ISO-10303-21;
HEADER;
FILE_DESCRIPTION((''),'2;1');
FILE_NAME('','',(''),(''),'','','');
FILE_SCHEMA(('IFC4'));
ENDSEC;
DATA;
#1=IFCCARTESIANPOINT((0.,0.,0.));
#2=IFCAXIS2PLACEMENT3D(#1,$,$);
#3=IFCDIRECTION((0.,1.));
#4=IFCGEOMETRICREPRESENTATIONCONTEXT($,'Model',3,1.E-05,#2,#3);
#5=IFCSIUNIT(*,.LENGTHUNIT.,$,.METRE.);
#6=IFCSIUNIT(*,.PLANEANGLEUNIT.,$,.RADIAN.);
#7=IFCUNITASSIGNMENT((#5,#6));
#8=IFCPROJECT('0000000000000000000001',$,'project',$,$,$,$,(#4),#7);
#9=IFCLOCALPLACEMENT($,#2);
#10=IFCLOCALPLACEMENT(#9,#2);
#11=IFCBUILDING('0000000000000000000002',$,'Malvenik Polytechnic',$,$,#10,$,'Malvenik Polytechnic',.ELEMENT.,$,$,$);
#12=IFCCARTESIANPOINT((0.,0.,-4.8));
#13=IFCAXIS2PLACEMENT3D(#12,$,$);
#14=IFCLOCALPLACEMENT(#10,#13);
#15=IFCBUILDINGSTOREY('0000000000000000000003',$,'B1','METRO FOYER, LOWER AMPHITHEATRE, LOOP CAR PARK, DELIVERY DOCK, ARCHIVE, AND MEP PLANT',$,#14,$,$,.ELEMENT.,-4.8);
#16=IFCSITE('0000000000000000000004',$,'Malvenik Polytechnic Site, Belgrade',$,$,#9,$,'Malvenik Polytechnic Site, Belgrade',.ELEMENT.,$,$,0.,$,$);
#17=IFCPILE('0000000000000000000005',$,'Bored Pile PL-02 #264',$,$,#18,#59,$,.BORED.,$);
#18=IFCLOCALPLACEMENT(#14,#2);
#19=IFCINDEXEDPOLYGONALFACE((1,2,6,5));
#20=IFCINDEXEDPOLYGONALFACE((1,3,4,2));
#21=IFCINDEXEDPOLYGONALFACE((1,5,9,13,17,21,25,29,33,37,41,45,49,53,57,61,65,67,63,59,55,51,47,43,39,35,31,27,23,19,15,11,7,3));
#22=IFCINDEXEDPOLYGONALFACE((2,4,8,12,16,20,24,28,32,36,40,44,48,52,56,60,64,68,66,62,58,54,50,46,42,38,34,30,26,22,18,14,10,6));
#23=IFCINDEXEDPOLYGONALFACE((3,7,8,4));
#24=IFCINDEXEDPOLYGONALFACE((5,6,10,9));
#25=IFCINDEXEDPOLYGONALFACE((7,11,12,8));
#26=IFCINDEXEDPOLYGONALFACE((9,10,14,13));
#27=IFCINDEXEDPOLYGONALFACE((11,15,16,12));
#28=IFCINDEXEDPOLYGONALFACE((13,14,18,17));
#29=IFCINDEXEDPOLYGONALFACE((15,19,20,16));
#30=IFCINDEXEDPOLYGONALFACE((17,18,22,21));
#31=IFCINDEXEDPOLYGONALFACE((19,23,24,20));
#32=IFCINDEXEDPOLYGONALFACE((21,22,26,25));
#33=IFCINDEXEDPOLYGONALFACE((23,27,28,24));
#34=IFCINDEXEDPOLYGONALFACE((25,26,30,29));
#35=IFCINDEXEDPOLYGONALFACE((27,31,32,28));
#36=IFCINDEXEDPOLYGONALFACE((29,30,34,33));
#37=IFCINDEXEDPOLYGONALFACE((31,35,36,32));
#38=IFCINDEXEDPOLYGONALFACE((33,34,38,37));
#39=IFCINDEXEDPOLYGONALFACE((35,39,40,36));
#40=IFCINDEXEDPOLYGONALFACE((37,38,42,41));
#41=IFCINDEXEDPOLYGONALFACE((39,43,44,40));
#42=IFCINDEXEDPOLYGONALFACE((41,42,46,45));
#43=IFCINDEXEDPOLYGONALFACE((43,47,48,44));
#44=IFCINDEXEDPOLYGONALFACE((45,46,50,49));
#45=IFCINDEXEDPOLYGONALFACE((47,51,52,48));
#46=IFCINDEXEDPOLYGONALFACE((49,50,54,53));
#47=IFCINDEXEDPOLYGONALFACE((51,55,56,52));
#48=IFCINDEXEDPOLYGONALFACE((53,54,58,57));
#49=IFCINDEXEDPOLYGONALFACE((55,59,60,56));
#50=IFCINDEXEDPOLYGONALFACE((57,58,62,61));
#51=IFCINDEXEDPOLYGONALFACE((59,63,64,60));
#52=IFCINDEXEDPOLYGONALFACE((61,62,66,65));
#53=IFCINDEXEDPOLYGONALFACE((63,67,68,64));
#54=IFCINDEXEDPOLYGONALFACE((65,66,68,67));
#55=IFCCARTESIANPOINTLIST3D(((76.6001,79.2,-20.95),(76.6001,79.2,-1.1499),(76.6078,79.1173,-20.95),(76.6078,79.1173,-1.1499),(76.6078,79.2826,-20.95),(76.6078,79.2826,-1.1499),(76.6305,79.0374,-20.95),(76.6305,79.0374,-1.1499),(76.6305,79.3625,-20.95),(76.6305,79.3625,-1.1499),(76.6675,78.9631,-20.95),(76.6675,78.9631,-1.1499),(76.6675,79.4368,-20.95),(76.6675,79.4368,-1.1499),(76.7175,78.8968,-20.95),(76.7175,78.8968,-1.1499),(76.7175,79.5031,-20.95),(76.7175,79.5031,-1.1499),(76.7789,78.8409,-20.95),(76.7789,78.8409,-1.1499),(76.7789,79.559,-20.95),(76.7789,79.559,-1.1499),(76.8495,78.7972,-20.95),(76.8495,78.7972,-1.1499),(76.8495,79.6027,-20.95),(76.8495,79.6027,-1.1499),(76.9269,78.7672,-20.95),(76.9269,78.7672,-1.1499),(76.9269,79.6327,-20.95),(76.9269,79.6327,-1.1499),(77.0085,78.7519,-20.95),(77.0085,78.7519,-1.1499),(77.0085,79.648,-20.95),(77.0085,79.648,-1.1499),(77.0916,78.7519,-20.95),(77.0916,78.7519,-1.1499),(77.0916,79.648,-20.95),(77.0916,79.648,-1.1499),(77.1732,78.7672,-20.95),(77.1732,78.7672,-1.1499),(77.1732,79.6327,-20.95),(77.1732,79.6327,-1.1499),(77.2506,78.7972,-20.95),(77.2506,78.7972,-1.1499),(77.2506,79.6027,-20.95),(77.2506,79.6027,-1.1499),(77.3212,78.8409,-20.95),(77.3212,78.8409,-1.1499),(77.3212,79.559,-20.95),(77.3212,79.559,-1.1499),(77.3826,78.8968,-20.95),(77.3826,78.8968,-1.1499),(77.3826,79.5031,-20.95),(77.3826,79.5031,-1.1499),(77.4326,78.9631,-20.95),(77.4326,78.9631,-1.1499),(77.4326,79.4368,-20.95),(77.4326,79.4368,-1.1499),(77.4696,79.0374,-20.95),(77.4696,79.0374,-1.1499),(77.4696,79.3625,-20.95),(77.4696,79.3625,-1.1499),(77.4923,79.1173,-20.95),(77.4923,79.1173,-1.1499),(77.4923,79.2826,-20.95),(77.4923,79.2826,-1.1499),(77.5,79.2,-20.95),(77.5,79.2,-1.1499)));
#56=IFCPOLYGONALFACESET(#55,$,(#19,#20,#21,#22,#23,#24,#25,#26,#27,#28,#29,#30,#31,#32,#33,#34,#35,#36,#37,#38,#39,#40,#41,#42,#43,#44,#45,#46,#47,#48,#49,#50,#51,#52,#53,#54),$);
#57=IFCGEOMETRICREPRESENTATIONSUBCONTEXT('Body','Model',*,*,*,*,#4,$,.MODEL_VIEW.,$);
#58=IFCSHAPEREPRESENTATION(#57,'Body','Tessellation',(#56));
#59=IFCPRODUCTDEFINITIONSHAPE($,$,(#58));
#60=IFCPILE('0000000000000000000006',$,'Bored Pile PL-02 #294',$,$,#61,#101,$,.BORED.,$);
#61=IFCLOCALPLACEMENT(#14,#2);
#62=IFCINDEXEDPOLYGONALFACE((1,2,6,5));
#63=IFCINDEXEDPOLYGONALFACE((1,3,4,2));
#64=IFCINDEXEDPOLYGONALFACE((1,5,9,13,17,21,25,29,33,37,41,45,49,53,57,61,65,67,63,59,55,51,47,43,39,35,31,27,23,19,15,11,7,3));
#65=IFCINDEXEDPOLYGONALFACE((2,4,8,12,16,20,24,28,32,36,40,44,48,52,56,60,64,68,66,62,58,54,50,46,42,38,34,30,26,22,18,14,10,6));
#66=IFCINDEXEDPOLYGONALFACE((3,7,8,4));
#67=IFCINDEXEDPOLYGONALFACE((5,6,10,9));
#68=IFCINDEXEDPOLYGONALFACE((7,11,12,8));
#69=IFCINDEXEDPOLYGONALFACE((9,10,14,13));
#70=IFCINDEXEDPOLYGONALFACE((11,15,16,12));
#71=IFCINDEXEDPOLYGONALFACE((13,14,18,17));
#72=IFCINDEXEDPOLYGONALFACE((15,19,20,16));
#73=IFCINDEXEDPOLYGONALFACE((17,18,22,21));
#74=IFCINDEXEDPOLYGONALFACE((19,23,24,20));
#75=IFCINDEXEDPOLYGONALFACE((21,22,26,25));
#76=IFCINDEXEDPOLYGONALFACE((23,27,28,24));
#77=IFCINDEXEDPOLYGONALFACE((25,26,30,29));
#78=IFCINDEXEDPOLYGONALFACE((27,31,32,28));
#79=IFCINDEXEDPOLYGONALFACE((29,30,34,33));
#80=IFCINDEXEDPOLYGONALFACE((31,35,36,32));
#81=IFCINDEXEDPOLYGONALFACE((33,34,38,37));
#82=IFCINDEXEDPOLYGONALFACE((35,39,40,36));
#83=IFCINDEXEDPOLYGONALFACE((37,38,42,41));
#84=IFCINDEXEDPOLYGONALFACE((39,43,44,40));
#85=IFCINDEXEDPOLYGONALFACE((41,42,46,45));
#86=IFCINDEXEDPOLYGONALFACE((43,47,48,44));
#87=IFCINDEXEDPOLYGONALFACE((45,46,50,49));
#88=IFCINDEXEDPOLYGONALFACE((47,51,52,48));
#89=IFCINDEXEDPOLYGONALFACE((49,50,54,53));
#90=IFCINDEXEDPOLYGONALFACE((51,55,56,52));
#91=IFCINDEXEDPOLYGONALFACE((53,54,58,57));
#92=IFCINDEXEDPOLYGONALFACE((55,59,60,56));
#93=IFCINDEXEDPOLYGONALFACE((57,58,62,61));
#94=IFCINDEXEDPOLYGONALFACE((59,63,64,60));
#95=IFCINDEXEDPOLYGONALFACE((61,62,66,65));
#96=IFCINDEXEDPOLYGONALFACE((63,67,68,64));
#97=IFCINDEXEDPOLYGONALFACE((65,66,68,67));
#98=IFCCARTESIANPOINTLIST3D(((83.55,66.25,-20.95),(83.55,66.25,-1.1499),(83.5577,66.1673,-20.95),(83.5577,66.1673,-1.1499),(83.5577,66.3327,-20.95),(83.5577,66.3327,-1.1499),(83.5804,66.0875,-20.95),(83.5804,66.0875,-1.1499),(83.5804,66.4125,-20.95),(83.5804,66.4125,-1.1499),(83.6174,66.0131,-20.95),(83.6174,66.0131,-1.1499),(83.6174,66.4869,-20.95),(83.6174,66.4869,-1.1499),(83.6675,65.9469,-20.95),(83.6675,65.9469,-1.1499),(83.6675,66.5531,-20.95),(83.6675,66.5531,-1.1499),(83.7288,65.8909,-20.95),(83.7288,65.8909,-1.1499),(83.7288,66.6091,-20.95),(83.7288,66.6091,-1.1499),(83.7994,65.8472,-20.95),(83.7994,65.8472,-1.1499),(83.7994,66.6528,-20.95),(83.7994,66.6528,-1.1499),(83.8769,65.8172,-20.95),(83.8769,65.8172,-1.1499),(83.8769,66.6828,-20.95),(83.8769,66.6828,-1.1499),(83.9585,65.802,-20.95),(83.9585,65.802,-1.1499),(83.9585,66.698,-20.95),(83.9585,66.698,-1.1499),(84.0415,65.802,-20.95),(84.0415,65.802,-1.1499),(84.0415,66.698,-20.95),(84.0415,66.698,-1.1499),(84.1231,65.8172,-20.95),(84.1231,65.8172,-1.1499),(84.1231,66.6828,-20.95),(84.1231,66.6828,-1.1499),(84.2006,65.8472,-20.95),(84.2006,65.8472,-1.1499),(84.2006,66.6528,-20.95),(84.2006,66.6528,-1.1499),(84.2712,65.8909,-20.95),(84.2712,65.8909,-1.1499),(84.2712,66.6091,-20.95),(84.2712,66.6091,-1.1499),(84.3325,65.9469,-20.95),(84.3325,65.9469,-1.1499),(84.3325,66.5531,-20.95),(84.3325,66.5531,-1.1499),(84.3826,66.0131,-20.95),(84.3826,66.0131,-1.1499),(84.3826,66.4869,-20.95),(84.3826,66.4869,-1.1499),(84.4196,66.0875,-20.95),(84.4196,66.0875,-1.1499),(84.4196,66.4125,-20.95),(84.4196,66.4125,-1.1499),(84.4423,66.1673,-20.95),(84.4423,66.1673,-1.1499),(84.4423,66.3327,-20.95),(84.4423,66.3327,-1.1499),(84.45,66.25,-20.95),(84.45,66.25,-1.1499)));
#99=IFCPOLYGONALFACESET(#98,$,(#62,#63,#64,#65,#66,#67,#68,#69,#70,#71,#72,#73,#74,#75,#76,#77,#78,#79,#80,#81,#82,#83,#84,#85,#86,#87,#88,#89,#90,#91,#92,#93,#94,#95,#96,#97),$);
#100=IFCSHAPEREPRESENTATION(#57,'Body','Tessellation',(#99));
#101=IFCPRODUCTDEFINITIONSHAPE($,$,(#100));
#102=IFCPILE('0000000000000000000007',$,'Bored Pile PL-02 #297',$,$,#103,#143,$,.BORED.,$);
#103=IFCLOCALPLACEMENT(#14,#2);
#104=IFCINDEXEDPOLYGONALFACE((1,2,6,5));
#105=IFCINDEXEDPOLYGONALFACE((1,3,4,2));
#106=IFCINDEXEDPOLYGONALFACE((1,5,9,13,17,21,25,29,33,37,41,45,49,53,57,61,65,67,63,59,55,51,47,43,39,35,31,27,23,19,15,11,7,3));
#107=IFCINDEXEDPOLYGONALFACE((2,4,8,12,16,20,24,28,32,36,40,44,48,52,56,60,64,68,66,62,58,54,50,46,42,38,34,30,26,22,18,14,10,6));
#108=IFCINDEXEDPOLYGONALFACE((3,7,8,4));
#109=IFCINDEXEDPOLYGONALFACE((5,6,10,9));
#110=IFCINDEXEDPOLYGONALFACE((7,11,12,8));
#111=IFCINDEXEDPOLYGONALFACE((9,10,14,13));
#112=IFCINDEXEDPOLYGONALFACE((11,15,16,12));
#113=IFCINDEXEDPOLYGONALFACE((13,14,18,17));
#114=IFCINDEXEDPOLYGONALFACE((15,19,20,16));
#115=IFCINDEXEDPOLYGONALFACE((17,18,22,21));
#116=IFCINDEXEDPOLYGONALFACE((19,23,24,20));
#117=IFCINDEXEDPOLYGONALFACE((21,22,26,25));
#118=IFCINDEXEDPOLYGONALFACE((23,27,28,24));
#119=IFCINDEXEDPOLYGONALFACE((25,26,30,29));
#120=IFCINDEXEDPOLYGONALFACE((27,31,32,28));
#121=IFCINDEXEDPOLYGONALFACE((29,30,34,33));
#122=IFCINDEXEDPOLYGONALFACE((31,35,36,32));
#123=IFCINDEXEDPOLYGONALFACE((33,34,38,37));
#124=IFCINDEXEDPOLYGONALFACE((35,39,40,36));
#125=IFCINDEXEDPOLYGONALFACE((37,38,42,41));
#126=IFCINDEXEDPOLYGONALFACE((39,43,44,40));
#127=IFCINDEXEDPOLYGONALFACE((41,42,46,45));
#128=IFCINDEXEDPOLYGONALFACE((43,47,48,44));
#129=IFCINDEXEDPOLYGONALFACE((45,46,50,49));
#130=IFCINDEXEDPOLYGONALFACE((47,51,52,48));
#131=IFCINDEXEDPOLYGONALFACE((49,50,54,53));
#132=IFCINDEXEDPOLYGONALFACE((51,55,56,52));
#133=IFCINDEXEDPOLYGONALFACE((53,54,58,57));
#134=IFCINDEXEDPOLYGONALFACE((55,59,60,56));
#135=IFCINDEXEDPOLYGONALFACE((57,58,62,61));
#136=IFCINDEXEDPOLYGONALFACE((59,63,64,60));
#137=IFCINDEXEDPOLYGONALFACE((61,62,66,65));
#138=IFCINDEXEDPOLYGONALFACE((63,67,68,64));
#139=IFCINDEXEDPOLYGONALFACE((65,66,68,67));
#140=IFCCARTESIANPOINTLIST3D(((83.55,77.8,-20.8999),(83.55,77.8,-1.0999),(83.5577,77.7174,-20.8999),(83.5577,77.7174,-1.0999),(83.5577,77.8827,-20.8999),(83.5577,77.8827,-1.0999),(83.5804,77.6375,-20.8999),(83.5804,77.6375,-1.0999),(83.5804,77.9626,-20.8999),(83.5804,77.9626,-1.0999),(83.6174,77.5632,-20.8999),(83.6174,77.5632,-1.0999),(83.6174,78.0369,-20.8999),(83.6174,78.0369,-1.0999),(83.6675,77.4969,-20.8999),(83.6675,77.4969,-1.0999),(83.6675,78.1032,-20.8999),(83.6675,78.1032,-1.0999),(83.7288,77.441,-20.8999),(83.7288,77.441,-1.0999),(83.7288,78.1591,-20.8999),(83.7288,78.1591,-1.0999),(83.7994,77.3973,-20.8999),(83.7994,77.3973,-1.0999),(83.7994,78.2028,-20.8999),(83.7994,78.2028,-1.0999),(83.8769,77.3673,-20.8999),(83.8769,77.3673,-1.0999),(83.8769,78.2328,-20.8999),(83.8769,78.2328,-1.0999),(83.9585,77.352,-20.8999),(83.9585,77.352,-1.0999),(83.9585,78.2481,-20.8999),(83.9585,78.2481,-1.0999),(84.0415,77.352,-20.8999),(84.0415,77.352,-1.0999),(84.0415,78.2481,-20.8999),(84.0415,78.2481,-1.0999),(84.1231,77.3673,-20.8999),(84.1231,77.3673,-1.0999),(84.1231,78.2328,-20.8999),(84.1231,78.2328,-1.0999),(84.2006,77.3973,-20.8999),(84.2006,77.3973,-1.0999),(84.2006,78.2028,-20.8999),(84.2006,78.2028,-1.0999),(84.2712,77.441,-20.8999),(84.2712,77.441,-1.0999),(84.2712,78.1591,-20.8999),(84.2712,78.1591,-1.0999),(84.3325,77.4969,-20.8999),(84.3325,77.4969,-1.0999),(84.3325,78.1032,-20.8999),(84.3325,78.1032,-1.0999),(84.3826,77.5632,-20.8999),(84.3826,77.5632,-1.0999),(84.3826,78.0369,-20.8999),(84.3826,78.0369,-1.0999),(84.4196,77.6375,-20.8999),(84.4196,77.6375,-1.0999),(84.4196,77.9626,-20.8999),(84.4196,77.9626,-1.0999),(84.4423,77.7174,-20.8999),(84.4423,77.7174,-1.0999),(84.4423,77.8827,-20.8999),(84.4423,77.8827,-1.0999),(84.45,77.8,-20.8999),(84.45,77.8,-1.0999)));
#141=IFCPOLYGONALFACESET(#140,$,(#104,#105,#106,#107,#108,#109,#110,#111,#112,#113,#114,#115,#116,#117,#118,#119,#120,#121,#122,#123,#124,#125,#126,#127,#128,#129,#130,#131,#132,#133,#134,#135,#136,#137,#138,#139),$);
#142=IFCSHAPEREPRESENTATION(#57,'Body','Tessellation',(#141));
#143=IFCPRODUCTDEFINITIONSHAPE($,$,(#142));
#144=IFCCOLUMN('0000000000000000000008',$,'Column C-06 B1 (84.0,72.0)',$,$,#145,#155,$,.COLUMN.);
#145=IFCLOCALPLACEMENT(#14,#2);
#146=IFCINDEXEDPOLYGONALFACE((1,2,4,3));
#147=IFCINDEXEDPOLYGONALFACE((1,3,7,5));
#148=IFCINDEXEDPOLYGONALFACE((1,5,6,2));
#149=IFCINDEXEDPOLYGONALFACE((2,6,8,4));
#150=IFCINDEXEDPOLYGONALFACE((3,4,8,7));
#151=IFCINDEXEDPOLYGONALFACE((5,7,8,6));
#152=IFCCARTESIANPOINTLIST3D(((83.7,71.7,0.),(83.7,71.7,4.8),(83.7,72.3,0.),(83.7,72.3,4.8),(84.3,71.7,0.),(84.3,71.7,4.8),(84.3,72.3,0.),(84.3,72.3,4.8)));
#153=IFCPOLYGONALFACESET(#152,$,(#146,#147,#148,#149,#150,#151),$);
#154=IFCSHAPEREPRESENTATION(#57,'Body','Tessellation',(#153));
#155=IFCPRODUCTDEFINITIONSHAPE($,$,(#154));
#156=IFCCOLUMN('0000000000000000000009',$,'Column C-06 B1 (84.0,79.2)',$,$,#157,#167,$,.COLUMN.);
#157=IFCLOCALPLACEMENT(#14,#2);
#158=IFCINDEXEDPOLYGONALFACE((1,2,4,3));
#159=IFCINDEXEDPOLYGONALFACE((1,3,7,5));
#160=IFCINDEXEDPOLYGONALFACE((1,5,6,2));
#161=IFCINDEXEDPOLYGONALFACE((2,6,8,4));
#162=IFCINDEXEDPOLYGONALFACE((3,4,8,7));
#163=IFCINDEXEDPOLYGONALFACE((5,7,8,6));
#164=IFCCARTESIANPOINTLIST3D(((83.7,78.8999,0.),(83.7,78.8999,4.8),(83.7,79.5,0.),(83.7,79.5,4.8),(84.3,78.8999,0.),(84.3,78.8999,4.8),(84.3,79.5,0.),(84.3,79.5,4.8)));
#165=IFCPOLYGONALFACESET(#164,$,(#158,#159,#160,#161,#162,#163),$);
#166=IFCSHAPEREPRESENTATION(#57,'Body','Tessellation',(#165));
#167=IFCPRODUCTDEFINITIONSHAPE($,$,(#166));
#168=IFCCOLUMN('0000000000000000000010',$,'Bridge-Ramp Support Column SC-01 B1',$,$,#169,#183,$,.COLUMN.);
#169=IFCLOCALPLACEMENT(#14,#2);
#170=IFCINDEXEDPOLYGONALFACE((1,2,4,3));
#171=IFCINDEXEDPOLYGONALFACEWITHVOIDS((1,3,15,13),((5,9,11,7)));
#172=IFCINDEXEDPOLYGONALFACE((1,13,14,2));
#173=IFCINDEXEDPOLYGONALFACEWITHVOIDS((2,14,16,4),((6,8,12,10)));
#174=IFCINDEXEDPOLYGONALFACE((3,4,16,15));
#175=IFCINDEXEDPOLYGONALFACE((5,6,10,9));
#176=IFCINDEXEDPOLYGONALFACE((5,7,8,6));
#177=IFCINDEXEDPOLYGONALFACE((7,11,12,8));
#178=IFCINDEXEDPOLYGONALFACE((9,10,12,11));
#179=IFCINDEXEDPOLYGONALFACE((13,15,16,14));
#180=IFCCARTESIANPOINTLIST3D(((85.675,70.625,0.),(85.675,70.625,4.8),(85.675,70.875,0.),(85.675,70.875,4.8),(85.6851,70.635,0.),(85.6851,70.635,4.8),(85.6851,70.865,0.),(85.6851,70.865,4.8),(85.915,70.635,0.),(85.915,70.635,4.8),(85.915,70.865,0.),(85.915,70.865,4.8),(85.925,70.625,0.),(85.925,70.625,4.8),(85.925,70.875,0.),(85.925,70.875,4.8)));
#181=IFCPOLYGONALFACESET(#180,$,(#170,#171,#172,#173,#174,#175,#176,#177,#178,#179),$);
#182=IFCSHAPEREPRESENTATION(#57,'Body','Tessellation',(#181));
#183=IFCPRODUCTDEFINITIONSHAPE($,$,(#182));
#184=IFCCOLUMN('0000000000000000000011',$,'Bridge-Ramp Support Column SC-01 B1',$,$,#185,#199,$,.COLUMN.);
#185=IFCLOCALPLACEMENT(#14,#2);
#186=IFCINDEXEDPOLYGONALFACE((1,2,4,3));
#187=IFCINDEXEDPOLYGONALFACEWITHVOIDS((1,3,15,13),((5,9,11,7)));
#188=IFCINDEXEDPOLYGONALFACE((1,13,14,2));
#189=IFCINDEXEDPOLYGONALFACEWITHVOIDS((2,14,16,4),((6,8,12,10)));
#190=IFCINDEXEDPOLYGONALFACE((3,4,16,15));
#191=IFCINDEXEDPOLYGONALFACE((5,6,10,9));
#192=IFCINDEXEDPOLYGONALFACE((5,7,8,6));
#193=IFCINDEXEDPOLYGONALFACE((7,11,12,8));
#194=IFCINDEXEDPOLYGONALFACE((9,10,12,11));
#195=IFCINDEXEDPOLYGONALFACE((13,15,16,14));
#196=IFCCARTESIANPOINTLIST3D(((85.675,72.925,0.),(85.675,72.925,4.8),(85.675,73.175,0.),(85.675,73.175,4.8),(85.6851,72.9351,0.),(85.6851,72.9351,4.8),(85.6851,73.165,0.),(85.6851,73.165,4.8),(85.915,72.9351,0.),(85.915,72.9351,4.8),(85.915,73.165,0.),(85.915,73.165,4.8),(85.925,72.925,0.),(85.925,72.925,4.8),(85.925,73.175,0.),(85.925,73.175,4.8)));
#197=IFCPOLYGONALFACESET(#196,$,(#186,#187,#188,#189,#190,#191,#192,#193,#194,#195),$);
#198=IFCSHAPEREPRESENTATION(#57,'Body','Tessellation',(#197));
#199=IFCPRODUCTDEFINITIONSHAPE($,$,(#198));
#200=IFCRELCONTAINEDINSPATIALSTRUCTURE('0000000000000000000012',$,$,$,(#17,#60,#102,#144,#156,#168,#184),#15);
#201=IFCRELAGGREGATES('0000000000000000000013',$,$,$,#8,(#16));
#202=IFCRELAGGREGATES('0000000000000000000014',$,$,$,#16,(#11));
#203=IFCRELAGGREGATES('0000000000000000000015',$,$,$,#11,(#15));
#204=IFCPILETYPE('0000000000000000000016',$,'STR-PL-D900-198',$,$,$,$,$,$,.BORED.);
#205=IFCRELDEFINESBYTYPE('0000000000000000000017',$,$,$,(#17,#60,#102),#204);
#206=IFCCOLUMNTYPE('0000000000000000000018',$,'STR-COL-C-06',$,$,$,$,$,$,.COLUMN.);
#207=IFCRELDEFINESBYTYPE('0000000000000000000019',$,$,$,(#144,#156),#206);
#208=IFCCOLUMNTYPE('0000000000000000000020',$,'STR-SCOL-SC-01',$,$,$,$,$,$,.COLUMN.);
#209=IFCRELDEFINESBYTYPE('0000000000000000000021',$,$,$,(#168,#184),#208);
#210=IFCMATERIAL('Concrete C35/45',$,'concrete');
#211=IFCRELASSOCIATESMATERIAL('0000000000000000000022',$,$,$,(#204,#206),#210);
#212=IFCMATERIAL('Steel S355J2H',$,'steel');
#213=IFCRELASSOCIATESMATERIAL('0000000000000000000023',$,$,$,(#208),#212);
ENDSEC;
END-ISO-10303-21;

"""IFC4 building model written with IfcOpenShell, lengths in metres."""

from ifc_helpers import new_model, si_unit, direction, frame, origin, origin_2d, place, context, subcontext, project, spatial, rectangle, hollow_rectangle, circle, extrude, material, material_profile, profile_set, type_object, element, save


model = new_model("IFC4")

# Units and contexts
model_context = context("Model", 3, precision=1e-05, world=origin(), true_north=direction((0.0, 1.0)))
body_context = subcontext(model_context, "Body", "Model", "MODEL_VIEW")
ifc_project = project(units=[si_unit("LENGTHUNIT", "METRE"), si_unit("PLANEANGLEUNIT", "RADIAN")], contexts=[model_context])

# Site, building, storey
site_placement = place(None, origin())
site = spatial("IfcSite", under=ifc_project, at=site_placement, Name="Malvenik Polytechnic Site, Belgrade", LongName="Malvenik Polytechnic Site, Belgrade", CompositionType="ELEMENT", RefElevation=0.0)
building_placement = place(site_placement, origin())
building = spatial("IfcBuilding", under=site, at=building_placement, Name="Malvenik Polytechnic", LongName="Malvenik Polytechnic", CompositionType="ELEMENT")
storey_placement = place(building_placement, frame((0.0, 0.0, -4.8)))
storey = spatial("IfcBuildingStorey", under=building, at=storey_placement, Name="B1", Description="METRO FOYER, LOWER AMPHITHEATRE, LOOP CAR PARK, DELIVERY DOCK, ARCHIVE, AND MEP PLANT", CompositionType="ELEMENT", Elevation=-4.8)

# Shared definitions
ifc_material_1 = material(Name="Concrete C35/45", Category="concrete")

# Piles
ifc_material_profile_1 = material_profile(ifc_material_1, circle(Radius=0.45, at=origin_2d()), Name="BORED PILE D900")
ifc_profile_set_1 = profile_set([ifc_material_profile_1], Name="Concrete C35/45")
pile_type_1 = type_object("IfcPileType", Name="STR-PL-D900-198", PredefinedType="BORED", material=ifc_profile_set_1)
for number, where, z_axis, x_axis, name in (
    (1, (77.05, 79.2, -1.1499), (0.0, 0.0, -1.0), (1.0, 0.0, 0.0), "Bored Pile PL-02 #264"),
    (2, (84.0, 66.25, -1.1499), (0.0, 0.0, -1.0), (1.0, 0.0, 0.0), "Bored Pile PL-02 #294"),
    (3, (84.0, 77.8, -1.0999), (0.0, 0.0, -1.0), (1.0, 0.0, 0.0), "Bored Pile PL-02 #297"),
):
    element("IfcPile", number, at=place(storey_placement, frame(where, z_axis=z_axis, x_axis=x_axis)), inside=storey, type_object=pile_type_1, Name=name, PredefinedType="BORED", context=body_context, shape_type="SweptSolid", body=[
        extrude(circle(Radius=0.45, at=origin_2d()), origin(), (0.0, 0.0, 1.0), 19.8),
    ])

# Columns
ifc_material_profile_2 = material_profile(ifc_material_1, rectangle(XDim=0.6001, YDim=0.6001, at=origin_2d()), Name="RC COL 600x600")
ifc_profile_set_2 = profile_set([ifc_material_profile_2], Name="Concrete C35/45")
column_type_1 = type_object("IfcColumnType", Name="STR-COL-C-06", PredefinedType="COLUMN", material=ifc_profile_set_2)
for number, where, z_axis, x_axis, name in (
    (4, (84.0, 72.0, 0.0), (0.0, 0.0, 1.0), (1.0, 0.0, 0.0), "Column C-06 B1 (84.0,72.0)"),
    (5, (84.0, 79.2, 0.0), (0.0, 0.0, 1.0), (1.0, 0.0, 0.0), "Column C-06 B1 (84.0,79.2)"),
):
    element("IfcColumn", number, at=place(storey_placement, frame(where, z_axis=z_axis, x_axis=x_axis)), inside=storey, type_object=column_type_1, Name=name, PredefinedType="COLUMN", context=body_context, shape_type="SweptSolid", body=[
        extrude(rectangle(XDim=0.6001, YDim=0.6001, at=origin_2d()), origin(), (0.0, 0.0, 1.0), 4.8),
    ])
ifc_material_2 = material(Name="Steel S355J2H", Category="steel")
ifc_material_profile_3 = material_profile(ifc_material_2, hollow_rectangle(XDim=0.25, YDim=0.25, WallThickness=0.01, at=origin_2d()), Name="SHS 250x250x10.0")
ifc_profile_set_3 = profile_set([ifc_material_profile_3], Name="Steel S355J2H")
column_type_2 = type_object("IfcColumnType", Name="STR-SCOL-SC-01", PredefinedType="COLUMN", material=ifc_profile_set_3)
for number, where, z_axis, x_axis, name in (
    (6, (85.8, 70.75, 0.0), (0.0, 0.0, 1.0), (1.0, 0.0, 0.0), "Bridge-Ramp Support Column SC-01 B1"),
    (7, (85.8, 73.05, 0.0), (0.0, 0.0, 1.0), (1.0, 0.0, 0.0), "Bridge-Ramp Support Column SC-01 B1"),
):
    element("IfcColumn", number, at=place(storey_placement, frame(where, z_axis=z_axis, x_axis=x_axis)), inside=storey, type_object=column_type_2, Name=name, PredefinedType="COLUMN", context=body_context, shape_type="SweptSolid", body=[
        extrude(hollow_rectangle(XDim=0.25, YDim=0.25, WallThickness=0.01, at=origin_2d()), origin(), (0.0, 0.0, 1.0), 4.8),
    ])

save(model, "model.ifc")
